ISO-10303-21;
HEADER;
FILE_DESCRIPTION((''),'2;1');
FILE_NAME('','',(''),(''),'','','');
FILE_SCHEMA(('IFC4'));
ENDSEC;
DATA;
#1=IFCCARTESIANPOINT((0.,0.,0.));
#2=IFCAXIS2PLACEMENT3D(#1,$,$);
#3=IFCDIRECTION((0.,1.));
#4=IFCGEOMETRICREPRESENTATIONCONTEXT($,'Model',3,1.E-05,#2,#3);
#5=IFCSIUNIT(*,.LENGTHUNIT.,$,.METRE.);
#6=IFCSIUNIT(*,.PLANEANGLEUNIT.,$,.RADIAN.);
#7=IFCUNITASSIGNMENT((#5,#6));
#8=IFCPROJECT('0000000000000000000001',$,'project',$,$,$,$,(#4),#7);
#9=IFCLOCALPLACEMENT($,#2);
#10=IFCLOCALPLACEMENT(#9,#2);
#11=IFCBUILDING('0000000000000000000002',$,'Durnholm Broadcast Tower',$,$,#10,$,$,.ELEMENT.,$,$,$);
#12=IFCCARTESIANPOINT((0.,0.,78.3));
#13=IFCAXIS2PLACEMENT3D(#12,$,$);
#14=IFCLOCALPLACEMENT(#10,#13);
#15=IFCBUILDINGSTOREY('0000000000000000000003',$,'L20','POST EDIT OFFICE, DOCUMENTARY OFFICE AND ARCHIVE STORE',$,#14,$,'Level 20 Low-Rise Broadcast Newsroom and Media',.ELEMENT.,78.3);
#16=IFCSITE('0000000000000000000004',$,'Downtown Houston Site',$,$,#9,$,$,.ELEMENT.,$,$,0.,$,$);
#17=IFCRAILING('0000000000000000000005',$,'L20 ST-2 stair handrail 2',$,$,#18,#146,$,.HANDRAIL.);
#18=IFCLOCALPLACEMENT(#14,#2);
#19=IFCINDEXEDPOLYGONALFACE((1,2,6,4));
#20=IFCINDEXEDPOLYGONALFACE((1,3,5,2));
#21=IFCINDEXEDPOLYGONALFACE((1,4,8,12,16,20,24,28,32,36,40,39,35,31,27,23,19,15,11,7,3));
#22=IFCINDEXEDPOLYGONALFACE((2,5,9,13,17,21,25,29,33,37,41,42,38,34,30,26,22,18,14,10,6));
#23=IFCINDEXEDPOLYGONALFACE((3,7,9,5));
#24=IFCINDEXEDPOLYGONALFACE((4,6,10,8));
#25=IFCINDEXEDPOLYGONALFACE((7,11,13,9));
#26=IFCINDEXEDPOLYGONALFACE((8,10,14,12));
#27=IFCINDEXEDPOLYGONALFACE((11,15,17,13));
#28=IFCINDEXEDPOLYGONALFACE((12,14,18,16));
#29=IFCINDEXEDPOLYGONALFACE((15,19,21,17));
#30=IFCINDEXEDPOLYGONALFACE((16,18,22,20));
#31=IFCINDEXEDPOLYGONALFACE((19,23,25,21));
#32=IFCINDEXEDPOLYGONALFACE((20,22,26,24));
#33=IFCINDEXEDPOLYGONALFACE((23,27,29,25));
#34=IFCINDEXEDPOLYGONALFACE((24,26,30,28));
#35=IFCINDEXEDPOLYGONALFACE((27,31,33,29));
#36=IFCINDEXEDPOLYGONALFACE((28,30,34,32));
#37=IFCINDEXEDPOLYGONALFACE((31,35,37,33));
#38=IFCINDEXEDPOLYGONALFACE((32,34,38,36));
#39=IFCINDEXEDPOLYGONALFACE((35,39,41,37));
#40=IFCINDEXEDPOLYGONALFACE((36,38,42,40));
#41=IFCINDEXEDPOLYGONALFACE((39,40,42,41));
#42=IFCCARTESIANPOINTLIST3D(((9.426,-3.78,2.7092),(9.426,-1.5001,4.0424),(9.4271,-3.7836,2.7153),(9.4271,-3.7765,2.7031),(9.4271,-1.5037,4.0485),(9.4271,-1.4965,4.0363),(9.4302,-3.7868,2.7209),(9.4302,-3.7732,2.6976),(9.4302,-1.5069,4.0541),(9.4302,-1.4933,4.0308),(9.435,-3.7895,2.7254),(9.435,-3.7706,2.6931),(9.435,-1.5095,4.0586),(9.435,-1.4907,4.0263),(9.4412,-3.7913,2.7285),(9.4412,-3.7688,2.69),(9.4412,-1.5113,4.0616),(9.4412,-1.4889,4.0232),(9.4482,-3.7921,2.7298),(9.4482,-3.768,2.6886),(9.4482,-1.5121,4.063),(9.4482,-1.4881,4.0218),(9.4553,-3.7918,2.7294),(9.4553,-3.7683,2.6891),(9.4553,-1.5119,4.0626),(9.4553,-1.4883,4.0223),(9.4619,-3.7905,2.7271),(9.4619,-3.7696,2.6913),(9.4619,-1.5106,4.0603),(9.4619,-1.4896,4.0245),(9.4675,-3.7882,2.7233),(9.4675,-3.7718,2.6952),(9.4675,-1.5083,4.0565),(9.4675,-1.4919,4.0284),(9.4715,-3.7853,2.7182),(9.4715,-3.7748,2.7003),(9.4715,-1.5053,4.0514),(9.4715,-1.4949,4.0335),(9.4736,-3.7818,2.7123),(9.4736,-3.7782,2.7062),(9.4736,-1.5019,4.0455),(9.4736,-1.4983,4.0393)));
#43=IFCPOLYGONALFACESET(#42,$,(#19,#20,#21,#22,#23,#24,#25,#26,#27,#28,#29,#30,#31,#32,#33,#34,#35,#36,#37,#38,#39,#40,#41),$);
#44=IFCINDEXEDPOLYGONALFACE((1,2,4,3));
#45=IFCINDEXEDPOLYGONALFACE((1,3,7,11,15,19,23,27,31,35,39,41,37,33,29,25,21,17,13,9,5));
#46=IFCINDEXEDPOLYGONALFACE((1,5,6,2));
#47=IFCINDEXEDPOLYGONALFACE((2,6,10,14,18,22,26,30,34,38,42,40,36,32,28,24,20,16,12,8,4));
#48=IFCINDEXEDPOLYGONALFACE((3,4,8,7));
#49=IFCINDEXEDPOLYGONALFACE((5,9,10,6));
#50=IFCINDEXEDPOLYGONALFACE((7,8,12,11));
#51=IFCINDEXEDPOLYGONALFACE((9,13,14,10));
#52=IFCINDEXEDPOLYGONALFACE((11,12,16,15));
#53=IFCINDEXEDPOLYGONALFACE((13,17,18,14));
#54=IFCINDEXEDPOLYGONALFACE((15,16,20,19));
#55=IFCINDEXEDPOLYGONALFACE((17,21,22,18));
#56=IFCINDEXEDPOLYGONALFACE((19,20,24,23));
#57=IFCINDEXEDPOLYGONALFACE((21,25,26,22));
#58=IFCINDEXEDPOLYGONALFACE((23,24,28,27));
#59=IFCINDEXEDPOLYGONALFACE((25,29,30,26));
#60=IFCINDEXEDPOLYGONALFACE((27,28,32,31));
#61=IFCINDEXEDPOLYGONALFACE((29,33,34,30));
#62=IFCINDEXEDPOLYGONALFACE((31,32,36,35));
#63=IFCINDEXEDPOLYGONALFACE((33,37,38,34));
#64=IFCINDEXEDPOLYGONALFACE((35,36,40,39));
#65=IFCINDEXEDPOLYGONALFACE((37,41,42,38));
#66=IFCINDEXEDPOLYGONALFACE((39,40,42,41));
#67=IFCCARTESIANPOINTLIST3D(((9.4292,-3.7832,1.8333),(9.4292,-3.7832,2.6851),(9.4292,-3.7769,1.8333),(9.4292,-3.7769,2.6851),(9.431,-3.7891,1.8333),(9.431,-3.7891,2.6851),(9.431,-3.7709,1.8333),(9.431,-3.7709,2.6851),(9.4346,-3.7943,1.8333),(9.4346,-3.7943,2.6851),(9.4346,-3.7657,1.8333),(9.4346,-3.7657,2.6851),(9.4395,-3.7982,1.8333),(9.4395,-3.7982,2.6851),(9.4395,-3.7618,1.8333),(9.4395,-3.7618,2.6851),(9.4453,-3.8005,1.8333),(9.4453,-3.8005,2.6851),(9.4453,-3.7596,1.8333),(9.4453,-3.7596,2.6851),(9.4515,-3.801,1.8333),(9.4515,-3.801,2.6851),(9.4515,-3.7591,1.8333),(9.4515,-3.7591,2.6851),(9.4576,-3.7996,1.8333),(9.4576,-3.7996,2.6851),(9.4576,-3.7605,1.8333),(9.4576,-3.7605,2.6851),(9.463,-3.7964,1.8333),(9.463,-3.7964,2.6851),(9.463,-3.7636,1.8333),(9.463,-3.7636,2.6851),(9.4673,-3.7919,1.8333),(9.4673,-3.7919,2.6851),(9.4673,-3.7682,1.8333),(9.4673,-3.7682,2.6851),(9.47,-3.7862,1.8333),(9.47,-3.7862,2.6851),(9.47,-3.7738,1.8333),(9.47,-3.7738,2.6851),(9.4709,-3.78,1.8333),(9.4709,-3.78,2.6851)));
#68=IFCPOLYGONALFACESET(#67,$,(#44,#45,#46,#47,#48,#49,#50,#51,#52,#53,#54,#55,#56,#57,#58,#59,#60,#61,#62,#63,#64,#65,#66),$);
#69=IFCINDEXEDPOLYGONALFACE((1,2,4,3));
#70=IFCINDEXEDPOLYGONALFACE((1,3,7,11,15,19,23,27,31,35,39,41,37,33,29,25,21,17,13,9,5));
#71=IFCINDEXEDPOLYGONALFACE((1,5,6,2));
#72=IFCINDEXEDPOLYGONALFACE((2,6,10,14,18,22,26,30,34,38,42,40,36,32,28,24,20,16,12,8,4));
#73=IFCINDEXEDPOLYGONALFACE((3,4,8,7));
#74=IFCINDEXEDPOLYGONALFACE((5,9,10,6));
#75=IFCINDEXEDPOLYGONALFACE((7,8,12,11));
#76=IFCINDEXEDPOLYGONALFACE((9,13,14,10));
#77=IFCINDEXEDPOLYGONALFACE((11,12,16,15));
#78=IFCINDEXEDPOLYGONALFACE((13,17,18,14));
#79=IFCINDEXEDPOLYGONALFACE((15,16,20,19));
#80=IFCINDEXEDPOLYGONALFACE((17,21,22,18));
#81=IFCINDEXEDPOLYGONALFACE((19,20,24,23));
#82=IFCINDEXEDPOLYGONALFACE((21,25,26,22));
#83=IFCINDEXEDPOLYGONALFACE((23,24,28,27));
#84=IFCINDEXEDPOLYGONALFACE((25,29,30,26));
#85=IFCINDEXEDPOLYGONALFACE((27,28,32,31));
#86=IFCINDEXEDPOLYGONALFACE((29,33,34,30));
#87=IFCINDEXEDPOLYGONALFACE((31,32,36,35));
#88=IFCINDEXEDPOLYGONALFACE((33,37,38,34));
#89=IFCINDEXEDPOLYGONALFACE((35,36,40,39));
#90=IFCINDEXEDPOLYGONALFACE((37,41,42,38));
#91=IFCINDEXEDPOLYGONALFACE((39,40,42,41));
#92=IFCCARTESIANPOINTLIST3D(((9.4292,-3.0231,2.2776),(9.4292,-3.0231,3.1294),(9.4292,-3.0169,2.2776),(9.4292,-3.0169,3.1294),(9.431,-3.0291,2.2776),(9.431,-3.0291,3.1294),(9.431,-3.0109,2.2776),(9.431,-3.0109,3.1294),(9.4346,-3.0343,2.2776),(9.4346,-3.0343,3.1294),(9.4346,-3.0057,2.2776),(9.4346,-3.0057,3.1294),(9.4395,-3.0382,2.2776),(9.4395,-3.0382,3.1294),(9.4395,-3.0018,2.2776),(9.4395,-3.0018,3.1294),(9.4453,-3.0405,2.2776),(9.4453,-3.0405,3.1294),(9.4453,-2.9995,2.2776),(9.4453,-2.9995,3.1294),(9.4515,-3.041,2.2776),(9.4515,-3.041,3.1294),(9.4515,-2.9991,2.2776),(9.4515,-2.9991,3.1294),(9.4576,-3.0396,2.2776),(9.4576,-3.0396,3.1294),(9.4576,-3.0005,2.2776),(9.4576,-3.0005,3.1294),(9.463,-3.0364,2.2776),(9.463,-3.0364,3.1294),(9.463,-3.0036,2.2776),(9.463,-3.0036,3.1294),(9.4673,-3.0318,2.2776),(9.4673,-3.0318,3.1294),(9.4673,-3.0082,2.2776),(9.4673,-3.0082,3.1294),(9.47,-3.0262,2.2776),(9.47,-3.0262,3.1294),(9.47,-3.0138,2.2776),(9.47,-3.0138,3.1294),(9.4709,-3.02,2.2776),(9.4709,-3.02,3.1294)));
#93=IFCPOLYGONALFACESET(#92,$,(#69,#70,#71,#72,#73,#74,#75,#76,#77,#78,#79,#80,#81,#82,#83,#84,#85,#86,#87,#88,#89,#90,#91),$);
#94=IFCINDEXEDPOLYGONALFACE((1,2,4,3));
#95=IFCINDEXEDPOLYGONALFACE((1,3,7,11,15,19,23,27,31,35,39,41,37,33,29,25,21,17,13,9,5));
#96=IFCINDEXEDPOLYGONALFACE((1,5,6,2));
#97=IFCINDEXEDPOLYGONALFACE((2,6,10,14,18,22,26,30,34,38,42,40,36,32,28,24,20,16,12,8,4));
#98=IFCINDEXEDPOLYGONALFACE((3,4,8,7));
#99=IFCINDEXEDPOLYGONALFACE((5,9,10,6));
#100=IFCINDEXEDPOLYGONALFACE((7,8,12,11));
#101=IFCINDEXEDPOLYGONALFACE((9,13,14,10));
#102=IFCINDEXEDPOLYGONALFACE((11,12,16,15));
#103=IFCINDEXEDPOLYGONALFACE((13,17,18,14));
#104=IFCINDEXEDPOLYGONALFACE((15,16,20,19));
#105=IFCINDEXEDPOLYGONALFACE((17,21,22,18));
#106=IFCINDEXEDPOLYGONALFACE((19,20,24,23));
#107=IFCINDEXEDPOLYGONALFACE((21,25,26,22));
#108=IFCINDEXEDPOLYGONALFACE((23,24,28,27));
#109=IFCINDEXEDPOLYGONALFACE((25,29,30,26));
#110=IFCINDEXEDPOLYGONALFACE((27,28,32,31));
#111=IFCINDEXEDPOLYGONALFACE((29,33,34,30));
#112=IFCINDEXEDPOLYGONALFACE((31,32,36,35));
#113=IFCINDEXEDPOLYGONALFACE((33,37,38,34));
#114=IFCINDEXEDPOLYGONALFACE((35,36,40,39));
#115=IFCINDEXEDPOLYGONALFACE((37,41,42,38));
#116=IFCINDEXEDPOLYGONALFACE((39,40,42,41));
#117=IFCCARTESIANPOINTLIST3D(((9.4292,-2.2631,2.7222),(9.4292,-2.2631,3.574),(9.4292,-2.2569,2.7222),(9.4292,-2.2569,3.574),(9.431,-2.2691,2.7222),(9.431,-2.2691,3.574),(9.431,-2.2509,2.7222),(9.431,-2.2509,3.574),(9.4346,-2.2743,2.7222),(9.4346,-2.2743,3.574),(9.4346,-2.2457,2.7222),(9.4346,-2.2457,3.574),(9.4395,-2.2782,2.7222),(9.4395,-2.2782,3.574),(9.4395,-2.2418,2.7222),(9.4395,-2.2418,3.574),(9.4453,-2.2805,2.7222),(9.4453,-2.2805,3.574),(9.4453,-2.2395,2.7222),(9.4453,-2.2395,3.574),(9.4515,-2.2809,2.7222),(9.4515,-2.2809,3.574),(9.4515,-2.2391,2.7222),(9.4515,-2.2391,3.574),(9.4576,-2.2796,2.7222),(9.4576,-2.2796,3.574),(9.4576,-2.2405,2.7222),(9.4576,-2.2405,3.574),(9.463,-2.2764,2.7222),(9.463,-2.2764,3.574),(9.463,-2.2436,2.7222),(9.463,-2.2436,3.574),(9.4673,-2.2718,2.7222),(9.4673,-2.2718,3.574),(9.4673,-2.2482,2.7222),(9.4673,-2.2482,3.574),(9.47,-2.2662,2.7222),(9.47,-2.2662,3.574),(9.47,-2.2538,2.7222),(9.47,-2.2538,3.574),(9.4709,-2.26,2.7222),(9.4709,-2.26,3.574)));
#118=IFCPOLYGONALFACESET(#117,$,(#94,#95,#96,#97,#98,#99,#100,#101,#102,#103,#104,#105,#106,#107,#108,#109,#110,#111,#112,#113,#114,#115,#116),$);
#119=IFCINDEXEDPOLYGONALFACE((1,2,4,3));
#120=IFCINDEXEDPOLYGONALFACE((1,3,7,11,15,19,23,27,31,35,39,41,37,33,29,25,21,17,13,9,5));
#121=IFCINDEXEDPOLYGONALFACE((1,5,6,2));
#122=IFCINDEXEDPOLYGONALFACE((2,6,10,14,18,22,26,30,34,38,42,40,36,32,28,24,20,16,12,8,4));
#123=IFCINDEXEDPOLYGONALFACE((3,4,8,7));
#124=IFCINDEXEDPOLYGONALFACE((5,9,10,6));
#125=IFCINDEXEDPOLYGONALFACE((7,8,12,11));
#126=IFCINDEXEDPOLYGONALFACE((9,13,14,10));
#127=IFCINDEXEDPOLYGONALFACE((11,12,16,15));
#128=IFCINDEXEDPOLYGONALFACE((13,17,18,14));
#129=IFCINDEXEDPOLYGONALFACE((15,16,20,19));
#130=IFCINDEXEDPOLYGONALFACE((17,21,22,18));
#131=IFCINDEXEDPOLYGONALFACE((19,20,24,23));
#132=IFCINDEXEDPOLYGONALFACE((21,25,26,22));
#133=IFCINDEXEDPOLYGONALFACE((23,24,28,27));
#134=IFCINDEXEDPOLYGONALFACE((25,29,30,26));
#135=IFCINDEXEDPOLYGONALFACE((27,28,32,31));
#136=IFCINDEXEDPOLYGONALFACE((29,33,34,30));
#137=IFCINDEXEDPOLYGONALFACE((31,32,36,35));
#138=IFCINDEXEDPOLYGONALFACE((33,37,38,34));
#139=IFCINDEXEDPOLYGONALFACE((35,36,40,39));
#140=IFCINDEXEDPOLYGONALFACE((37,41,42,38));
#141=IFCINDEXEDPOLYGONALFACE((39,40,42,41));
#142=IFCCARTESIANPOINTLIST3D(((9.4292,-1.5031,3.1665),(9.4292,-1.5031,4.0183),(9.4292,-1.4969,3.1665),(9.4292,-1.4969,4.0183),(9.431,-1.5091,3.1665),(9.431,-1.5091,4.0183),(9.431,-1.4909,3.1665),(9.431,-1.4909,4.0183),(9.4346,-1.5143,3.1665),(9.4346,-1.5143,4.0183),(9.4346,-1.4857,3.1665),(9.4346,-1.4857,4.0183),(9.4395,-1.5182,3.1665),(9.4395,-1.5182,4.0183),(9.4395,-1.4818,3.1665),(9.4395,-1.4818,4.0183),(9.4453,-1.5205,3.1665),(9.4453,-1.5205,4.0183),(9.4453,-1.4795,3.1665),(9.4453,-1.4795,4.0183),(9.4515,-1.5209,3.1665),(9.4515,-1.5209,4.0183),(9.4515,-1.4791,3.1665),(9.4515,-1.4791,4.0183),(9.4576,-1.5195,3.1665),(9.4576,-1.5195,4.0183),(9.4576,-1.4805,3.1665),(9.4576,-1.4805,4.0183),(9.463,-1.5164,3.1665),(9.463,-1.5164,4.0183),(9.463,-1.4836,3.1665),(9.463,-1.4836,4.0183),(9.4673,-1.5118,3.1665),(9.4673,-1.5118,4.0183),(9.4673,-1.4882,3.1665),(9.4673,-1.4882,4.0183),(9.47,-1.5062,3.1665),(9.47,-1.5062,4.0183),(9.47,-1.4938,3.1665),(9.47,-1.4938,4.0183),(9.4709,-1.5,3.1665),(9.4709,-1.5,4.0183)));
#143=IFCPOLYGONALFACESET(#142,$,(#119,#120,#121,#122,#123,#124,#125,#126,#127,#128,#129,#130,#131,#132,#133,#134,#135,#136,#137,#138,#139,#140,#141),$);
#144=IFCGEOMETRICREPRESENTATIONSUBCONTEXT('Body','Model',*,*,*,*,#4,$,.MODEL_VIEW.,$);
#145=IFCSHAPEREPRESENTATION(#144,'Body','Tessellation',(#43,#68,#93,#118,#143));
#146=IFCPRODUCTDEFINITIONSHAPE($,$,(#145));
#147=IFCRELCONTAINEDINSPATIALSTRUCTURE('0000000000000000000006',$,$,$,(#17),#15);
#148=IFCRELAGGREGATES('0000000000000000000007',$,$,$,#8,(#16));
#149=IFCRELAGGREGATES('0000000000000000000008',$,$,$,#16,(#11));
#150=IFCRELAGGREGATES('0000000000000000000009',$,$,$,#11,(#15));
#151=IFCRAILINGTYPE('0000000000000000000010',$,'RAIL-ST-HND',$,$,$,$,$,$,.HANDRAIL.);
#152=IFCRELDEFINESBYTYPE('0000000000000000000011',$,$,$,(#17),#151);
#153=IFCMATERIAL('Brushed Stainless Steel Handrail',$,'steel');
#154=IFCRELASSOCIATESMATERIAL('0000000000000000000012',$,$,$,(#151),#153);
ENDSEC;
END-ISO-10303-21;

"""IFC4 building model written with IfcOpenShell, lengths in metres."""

from ifc_helpers import new_model, si_unit, direction, frame, origin, origin_2d, place, context, subcontext, project, spatial, circle, extrude, material, type_object, element, save


model = new_model("IFC4")

# Units and contexts
model_context = context("Model", 3, precision=1e-05, world=origin(), true_north=direction((0.0, 1.0)))
body_context = subcontext(model_context, "Body", "Model", "MODEL_VIEW")
ifc_project = project(units=[si_unit("LENGTHUNIT", "METRE"), si_unit("PLANEANGLEUNIT", "RADIAN")], contexts=[model_context])

# Site, building, storey
site_placement = place(None, origin())
site = spatial("IfcSite", under=ifc_project, at=site_placement, Name="Downtown Houston Site", CompositionType="ELEMENT", RefElevation=0.0)
building_placement = place(site_placement, origin())
building = spatial("IfcBuilding", under=site, at=building_placement, Name="Durnholm Broadcast Tower", CompositionType="ELEMENT")
storey_placement = place(building_placement, frame((0.0, 0.0, 78.3)))
storey = spatial("IfcBuildingStorey", under=building, at=storey_placement, Name="L20", Description="POST EDIT OFFICE, DOCUMENTARY OFFICE AND ARCHIVE STORE", LongName="Level 20 Low-Rise Broadcast Newsroom and Media", CompositionType="ELEMENT", Elevation=78.3)

# Railing
ifc_material_1 = material(Name="Brushed Stainless Steel Handrail", Category="steel")
railing_type_1 = type_object("IfcRailingType", Name="RAIL-ST-HND", PredefinedType="HANDRAIL", material=ifc_material_1)
railing_1_placement = place(storey_placement, frame((9.45, -3.78, 1.8333)))
element("IfcRailing", 1, at=railing_1_placement, inside=storey, type_object=railing_type_1, Name="L20 ST-2 stair handrail 2", PredefinedType="HANDRAIL", context=body_context, shape_type="SweptSolid", body=[
    extrude(circle(Radius=0.0239, at=origin_2d()), frame((0.0, 0.0, 0.876), z_axis=(0.0, 0.863245, 0.504785), x_axis=(-1.0, 0.0, 0.0)), (0.0, 0.0, 1.0), 2.6411),
    extrude(circle(Radius=0.021, at=origin_2d()), origin(), (0.0, 0.0, 1.0), 0.8518),
    extrude(circle(Radius=0.021, at=origin_2d()), frame((0.0, 0.76, 0.4443)), (0.0, 0.0, 1.0), 0.8518),
    extrude(circle(Radius=0.021, at=origin_2d()), frame((0.0, 1.52, 0.8889)), (0.0, 0.0, 1.0), 0.8518),
    extrude(circle(Radius=0.021, at=origin_2d()), frame((0.0, 2.28, 1.3333)), (0.0, 0.0, 1.0), 0.8518),
])

save(model, "model.ifc")
